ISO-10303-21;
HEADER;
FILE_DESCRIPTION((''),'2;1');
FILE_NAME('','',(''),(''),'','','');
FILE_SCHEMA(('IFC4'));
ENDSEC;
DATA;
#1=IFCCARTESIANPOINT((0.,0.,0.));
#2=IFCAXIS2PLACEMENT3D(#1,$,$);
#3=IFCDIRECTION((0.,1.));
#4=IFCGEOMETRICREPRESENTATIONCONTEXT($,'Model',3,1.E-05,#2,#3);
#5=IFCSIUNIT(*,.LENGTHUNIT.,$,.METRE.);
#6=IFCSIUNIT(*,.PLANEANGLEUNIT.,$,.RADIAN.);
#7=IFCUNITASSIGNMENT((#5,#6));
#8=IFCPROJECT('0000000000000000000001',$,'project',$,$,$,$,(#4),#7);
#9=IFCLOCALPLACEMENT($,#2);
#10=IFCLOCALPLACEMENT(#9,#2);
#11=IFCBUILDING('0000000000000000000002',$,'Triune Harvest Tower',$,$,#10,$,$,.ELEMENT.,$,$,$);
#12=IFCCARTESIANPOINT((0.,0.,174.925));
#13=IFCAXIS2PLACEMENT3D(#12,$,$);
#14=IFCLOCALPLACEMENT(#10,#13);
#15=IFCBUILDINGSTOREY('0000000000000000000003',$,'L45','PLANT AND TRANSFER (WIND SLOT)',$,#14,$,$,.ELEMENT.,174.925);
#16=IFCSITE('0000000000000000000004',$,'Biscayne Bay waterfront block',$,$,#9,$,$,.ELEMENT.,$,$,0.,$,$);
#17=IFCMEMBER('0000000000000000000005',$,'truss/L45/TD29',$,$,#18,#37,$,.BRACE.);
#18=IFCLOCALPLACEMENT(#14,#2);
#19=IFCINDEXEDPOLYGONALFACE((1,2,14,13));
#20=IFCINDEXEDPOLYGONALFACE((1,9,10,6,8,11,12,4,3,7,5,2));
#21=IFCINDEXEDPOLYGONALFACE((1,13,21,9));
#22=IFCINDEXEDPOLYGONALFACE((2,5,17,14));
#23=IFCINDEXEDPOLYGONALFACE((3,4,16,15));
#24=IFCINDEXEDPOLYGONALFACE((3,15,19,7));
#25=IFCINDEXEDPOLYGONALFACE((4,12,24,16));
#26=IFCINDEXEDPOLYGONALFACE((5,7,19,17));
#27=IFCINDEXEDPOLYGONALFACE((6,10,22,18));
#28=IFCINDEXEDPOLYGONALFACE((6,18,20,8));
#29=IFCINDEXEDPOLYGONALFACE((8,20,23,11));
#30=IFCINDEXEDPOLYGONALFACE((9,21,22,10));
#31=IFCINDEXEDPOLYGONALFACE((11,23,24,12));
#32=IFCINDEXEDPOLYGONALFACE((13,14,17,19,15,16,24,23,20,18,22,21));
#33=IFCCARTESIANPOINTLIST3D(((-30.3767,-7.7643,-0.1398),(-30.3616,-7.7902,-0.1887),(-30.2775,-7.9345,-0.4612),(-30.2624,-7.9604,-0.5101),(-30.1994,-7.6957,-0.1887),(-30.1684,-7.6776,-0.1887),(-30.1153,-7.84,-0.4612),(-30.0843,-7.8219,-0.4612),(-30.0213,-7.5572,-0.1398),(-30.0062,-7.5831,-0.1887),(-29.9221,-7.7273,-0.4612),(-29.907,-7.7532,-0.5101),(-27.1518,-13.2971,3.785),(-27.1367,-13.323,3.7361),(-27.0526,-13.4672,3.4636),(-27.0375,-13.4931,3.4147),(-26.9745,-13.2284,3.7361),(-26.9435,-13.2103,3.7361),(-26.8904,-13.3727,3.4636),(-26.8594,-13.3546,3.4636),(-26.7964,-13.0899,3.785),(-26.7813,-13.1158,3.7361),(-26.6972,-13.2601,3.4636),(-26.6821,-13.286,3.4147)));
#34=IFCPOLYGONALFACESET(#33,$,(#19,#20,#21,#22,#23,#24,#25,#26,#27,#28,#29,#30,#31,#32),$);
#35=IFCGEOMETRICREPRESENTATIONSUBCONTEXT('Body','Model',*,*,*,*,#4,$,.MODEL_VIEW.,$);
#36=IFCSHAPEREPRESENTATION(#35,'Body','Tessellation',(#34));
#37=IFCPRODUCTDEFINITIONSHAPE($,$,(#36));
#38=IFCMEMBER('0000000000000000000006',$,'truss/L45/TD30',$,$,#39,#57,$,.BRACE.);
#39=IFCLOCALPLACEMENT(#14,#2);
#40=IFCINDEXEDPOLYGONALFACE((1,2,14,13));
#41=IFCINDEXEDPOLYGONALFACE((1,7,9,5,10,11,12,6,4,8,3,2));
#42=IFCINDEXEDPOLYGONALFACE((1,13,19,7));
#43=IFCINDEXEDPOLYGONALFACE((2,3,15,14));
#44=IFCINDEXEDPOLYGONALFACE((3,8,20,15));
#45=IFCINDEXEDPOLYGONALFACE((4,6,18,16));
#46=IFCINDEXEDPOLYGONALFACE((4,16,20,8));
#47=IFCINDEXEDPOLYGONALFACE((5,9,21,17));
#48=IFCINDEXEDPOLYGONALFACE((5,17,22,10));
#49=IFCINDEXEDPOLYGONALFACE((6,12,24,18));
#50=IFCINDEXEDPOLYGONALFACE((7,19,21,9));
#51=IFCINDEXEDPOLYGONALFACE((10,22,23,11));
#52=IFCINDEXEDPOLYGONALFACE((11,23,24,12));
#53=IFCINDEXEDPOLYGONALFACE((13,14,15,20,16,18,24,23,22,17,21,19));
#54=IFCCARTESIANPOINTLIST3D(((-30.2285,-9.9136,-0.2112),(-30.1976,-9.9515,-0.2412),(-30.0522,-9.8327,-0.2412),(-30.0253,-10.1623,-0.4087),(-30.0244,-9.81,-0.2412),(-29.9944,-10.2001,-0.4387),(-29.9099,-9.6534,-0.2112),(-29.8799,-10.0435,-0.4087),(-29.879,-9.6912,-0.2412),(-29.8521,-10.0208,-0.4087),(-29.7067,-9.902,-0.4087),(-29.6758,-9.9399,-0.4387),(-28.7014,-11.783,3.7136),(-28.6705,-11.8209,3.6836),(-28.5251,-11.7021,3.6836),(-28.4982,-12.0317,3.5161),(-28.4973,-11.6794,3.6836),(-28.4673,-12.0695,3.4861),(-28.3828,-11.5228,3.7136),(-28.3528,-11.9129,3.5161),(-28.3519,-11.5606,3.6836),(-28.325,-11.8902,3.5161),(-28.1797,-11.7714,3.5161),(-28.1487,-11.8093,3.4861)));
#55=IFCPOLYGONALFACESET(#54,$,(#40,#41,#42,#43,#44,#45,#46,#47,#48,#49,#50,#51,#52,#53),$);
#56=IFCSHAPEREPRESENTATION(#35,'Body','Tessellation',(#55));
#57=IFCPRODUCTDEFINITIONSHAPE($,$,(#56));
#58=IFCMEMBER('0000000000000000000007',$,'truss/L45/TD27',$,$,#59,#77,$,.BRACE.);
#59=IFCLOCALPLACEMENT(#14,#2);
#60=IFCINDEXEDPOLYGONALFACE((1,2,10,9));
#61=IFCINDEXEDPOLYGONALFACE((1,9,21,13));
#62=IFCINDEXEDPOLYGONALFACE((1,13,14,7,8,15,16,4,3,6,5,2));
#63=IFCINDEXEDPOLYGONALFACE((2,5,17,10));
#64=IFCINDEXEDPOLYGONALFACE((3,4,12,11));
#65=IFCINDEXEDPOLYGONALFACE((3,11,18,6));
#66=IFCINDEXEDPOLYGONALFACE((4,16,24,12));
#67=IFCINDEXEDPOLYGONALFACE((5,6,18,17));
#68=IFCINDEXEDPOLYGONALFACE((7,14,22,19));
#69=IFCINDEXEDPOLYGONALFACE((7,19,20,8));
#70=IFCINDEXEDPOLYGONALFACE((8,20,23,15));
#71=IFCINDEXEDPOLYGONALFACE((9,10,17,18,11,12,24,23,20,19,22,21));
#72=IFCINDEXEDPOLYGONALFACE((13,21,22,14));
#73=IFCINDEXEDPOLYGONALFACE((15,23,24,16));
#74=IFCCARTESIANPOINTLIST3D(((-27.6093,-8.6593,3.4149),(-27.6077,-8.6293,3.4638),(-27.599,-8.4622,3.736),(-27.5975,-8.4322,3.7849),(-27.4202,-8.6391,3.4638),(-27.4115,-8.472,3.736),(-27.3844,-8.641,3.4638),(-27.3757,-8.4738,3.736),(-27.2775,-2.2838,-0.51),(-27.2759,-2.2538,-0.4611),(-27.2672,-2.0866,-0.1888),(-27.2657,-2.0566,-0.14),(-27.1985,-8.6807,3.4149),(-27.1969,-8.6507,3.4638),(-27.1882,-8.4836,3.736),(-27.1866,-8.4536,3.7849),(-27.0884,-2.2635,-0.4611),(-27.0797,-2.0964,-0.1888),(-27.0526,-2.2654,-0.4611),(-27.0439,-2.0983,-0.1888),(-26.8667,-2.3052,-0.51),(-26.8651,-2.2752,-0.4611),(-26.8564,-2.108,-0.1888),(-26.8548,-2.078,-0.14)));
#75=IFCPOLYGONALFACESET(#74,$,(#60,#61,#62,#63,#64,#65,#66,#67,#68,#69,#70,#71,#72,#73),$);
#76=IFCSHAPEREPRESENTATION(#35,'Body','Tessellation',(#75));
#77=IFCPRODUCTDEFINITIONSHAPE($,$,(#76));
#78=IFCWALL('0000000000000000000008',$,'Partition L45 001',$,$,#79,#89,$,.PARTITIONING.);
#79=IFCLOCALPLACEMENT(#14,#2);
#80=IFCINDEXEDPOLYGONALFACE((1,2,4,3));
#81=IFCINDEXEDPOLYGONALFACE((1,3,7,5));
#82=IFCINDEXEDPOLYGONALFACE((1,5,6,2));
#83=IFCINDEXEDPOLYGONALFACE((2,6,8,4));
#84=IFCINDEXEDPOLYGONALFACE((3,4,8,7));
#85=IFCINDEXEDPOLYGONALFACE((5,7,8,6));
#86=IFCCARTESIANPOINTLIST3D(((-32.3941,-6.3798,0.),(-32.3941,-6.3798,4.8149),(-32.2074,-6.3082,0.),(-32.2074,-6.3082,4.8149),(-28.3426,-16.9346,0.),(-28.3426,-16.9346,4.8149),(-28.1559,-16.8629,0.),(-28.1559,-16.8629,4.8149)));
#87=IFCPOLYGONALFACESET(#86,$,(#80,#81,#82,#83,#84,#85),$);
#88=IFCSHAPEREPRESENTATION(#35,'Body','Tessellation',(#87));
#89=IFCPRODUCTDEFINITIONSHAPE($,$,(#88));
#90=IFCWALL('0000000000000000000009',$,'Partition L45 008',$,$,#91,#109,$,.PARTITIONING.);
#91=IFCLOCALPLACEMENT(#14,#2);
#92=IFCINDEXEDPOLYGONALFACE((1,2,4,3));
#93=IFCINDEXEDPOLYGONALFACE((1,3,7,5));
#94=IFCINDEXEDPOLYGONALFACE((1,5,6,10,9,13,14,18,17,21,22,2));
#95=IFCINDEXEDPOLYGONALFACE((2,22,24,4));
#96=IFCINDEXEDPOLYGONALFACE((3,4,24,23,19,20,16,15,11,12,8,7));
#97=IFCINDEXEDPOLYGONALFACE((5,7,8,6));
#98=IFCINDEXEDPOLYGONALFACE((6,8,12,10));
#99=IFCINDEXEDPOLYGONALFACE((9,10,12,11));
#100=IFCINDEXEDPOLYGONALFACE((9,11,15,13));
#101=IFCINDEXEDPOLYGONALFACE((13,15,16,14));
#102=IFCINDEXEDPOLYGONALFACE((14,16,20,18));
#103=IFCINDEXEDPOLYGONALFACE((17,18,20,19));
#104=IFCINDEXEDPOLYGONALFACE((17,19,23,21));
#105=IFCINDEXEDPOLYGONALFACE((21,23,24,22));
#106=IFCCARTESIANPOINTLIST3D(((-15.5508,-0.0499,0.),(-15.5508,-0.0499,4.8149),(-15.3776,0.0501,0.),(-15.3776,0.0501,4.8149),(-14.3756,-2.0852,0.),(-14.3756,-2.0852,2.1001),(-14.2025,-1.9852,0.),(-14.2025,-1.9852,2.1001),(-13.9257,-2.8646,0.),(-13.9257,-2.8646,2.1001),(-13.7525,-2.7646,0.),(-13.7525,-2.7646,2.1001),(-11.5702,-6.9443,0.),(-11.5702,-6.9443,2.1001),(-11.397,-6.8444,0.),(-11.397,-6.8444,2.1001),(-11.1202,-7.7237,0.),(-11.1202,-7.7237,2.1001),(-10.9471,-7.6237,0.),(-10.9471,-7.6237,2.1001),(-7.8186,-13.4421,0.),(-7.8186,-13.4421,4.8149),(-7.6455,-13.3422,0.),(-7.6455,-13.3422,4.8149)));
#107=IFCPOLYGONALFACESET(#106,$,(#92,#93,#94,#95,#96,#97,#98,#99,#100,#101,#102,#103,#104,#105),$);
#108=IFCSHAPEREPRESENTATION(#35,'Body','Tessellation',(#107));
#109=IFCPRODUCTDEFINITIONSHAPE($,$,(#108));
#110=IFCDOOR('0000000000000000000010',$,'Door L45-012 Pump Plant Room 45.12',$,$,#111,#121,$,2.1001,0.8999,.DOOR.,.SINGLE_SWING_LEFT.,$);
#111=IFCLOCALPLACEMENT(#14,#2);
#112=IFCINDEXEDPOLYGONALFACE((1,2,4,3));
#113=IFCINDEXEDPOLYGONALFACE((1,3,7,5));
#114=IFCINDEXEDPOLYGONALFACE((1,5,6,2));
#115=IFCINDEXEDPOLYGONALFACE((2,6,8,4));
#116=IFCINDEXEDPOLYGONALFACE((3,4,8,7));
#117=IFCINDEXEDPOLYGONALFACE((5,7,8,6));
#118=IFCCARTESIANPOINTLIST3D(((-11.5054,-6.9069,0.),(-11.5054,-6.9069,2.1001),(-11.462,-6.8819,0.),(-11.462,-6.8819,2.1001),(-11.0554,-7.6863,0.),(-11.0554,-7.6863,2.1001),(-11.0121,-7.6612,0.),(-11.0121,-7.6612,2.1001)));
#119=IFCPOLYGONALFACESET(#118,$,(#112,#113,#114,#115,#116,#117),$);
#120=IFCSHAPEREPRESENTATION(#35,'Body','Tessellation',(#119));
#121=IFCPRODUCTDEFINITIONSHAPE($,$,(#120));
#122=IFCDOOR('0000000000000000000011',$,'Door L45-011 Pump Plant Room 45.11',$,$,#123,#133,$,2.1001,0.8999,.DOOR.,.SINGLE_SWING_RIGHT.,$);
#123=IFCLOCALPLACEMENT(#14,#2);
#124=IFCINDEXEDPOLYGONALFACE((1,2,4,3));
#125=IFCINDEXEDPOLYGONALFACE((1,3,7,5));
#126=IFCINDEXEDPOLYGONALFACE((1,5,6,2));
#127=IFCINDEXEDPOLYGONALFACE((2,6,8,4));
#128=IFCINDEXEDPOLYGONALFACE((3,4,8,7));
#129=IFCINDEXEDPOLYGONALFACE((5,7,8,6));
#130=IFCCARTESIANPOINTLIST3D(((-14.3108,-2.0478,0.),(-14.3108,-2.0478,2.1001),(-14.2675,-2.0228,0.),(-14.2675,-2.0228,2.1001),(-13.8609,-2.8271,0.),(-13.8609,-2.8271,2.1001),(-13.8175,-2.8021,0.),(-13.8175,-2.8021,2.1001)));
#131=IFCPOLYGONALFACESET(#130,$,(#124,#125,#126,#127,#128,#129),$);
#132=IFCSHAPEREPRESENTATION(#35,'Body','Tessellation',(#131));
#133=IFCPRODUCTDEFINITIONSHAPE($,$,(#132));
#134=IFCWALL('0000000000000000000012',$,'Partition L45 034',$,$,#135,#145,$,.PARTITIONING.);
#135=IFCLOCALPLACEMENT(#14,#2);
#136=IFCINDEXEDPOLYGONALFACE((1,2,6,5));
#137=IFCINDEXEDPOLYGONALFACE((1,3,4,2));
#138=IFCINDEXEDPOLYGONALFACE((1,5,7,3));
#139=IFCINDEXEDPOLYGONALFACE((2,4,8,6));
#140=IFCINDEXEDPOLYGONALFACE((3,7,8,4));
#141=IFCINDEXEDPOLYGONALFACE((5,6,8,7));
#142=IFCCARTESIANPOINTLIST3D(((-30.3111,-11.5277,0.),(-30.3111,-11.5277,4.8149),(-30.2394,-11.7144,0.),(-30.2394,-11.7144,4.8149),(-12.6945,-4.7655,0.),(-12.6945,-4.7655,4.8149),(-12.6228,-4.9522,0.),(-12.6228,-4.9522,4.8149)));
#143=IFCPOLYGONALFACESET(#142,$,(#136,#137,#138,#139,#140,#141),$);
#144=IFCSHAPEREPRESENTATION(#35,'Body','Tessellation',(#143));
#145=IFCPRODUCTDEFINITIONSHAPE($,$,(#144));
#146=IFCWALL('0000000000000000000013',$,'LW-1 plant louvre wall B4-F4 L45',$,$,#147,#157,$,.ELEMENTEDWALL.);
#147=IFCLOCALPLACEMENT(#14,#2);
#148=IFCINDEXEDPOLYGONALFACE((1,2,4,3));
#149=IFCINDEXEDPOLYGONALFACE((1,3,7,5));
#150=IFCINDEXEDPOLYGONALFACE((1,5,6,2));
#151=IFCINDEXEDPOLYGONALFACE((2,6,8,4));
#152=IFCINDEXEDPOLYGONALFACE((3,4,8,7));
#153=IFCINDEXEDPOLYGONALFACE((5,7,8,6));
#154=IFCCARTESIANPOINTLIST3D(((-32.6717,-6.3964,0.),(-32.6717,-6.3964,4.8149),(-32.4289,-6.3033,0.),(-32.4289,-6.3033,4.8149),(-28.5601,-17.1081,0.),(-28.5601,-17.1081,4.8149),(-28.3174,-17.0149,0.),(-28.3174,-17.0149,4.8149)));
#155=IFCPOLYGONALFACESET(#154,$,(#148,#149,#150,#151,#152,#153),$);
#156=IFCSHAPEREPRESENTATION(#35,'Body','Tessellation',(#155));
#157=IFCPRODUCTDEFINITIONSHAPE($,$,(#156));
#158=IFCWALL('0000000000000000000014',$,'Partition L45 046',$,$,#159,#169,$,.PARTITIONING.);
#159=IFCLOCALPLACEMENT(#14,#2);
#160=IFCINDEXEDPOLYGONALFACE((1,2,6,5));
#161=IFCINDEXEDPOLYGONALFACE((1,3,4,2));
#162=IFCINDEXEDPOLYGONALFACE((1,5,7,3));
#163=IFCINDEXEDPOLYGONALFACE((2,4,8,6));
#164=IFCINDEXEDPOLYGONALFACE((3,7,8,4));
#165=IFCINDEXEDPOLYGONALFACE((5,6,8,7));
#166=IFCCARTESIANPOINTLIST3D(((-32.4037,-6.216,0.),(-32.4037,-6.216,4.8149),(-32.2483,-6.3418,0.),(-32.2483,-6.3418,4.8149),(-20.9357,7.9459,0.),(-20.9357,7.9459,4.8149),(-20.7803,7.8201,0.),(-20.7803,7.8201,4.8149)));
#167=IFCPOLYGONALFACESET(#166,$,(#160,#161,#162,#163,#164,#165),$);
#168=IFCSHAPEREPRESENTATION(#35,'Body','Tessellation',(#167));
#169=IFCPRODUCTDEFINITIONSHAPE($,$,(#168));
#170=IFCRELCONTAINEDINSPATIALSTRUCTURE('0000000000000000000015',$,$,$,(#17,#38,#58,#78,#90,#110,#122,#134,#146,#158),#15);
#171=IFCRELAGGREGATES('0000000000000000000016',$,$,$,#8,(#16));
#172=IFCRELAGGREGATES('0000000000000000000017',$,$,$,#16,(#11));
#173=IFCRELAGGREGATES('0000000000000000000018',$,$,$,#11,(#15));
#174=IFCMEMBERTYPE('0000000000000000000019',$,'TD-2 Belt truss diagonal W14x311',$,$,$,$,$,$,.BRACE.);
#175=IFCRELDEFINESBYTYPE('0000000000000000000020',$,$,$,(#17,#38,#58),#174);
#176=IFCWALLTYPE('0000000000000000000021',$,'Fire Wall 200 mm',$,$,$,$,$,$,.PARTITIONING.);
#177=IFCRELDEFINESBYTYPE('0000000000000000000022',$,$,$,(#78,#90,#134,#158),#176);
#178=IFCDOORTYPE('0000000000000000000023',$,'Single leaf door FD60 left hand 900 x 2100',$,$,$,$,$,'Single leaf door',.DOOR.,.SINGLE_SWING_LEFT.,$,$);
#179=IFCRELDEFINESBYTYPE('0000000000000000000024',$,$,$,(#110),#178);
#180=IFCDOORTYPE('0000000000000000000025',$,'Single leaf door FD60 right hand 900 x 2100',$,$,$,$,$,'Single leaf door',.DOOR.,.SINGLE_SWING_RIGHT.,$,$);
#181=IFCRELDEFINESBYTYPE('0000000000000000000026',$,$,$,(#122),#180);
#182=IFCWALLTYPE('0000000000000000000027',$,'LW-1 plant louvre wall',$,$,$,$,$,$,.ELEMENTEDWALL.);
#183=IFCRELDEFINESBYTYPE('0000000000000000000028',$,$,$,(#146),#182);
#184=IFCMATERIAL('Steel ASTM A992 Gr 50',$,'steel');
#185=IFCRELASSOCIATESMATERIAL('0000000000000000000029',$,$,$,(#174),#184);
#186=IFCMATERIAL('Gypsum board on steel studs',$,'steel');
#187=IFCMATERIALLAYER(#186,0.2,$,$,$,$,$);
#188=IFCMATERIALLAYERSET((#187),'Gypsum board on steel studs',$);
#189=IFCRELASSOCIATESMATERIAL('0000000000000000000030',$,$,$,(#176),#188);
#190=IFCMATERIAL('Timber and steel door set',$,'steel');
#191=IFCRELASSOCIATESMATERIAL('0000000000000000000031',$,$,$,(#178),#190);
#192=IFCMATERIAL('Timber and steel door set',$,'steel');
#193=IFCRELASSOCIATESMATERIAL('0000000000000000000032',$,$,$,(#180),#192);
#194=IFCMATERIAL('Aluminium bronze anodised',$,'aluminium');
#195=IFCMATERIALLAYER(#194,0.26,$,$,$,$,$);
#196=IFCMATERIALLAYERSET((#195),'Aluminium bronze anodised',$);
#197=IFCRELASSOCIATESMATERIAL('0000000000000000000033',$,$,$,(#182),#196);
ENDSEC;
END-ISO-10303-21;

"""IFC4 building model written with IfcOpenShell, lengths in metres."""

from ifc_helpers import new_model, si_unit, direction, frame, frame_2d, origin, origin_2d, place, context, subcontext, project, spatial, rectangle, i_section, extrude, source, transform, mapped, material, layer, layer_set, material_profile, profile_set, type_object, element, fill, save


model = new_model("IFC4")

# Units and contexts
model_context = context("Model", 3, precision=1e-05, world=origin(), true_north=direction((0.0, 1.0)))
body_context = subcontext(model_context, "Body", "Model", "MODEL_VIEW")
ifc_project = project(units=[si_unit("LENGTHUNIT", "METRE"), si_unit("PLANEANGLEUNIT", "RADIAN")], contexts=[model_context])

# Site, building, storey
site_placement = place(None, origin())
site = spatial("IfcSite", under=ifc_project, at=site_placement, Name="Biscayne Bay waterfront block", CompositionType="ELEMENT", RefElevation=0.0)
building_placement = place(site_placement, origin())
building = spatial("IfcBuilding", under=site, at=building_placement, Name="Triune Harvest Tower", CompositionType="ELEMENT")
storey_placement = place(building_placement, frame((0.0, 0.0, 174.925)))
storey = spatial("IfcBuildingStorey", under=building, at=storey_placement, Name="L45", Description="PLANT AND TRANSFER (WIND SLOT)", CompositionType="ELEMENT", Elevation=174.925)

# Shared definitions
ifc_material_1 = material(Name="Steel ASTM A992 Gr 50", Category="steel")
ifc_material_profile_1 = material_profile(ifc_material_1, i_section(OverallWidth=0.4114, OverallDepth=0.4343, WebThickness=0.0359, FlangeThickness=0.0574, at=origin_2d()), Name="W14x311")
ifc_profile_set_1 = profile_set([ifc_material_profile_1], Name="Steel ASTM A992 Gr 50")
member_type_1 = type_object("IfcMemberType", Name="TD-2 Belt truss diagonal W14x311", PredefinedType="BRACE", material=ifc_profile_set_1)

# Members
shared_shape_1 = source(origin(), body_context, "Body", "SweptSolid", [
    extrude(i_section(OverallWidth=0.4114, OverallDepth=0.4343, WebThickness=0.0359, FlangeThickness=0.0574, at=origin_2d()), origin(), (0.0, 0.0, 1.0), 7.511),
])
member_1_placement = place(storey_placement, frame((-30.1418, -7.7588, -0.325), z_axis=(0.429352, -0.736618, 0.522543), x_axis=(0.863953, 0.503572, 0.0)))
element("IfcMember", 1, at=member_1_placement, inside=storey, type_object=member_type_1, Name="truss/L45/TD29", PredefinedType="BRACE", context=body_context, shape_type="MappedRepresentation", body=[
    mapped(shared_shape_1, transform((0.0, 0.0, 0.0), scale=1.0)),
])
shared_shape_2 = source(origin(), body_context, "Body", "SweptSolid", [
    extrude(i_section(OverallWidth=0.4114, OverallDepth=0.4343, WebThickness=0.0359, FlangeThickness=0.0574, at=origin_2d()), origin(), (0.0, 0.0, 1.0), 4.6077),
])
member_2_placement = place(storey_placement, frame((-29.9521, -9.9268, -0.325), z_axis=(0.331425, -0.405711, 0.851796), x_axis=(0.774444, 0.632643, 0.0)))
element("IfcMember", 2, at=member_2_placement, inside=storey, type_object=member_type_1, Name="truss/L45/TD30", PredefinedType="BRACE", context=body_context, shape_type="MappedRepresentation", body=[
    mapped(shared_shape_2, transform((0.0, 0.0, 0.0), scale=1.0)),
])
shared_shape_3 = source(origin(), body_context, "Body", "SweptSolid", [
    extrude(i_section(OverallWidth=0.4114, OverallDepth=0.4343, WebThickness=0.0359, FlangeThickness=0.0574, at=origin_2d()), origin(), (0.0, 0.0, 1.0), 7.4941),
])
member_3_placement = place(storey_placement, frame((-27.0662, -2.1809, -0.325), z_axis=(-0.044273, -0.850738, 0.523722), x_axis=(0.998649, -0.051971, 0.0)))
element("IfcMember", 3, at=member_3_placement, inside=storey, type_object=member_type_1, Name="truss/L45/TD27", PredefinedType="BRACE", context=body_context, shape_type="MappedRepresentation", body=[
    mapped(shared_shape_3, transform((0.0, 0.0, 0.0), scale=1.0)),
])

# Wall
ifc_material_2 = material(Name="Gypsum board on steel studs", Category="steel")
ifc_layer_1 = layer(ifc_material_2, 0.2)
ifc_layer_set_1 = layer_set([ifc_layer_1], Name="Gypsum board on steel studs")
wall_type_1 = type_object("IfcWallType", Name="Fire Wall 200 mm", PredefinedType="PARTITIONING", material=ifc_layer_set_1)
wall_1_placement = place(storey_placement, frame((-32.3008, -6.344, 0.0), z_axis=(0.0, 0.0, 1.0), x_axis=(0.358364, -0.933582, 0.0)))
element("IfcWall", 4, at=wall_1_placement, inside=storey, type_object=wall_type_1, Name="Partition L45 001", PredefinedType="PARTITIONING", context=body_context, shape_type="SweptSolid", body=[
    extrude(rectangle(XDim=11.3057, YDim=0.2, at=frame_2d((5.6528, 0.0))), origin(), (0.0, 0.0, 1.0), 4.8149),
])

# Wall, openings, doors
wall_2_placement = place(storey_placement, frame((-15.4641, 0.0, 0.0), z_axis=(0.0, 0.0, 1.0), x_axis=(0.500005, -0.866022, 0.0)))
wall_2 = element("IfcWall", 5, at=wall_2_placement, inside=storey, type_object=wall_type_1, Name="Partition L45 008", PredefinedType="PARTITIONING", context=body_context, shape_type="SweptSolid", body=[
    extrude(rectangle(XDim=15.4641, YDim=0.2, at=frame_2d((7.7319, 0.0))), origin(), (0.0, 0.0, 1.0), 4.8149),
])
opening_1_placement = place(wall_2_placement, frame((2.3501, 0.0, 0.0)))
opening_1 = element("IfcOpeningElement", 6, at=opening_1_placement, cuts=wall_2, PredefinedType="OPENING", context=body_context, shape_type="SweptSolid", body=[
    extrude(rectangle(XDim=0.8999, YDim=2.1001, at=frame_2d((0.45, 1.05))), frame((0.0, 0.1099, 0.0), z_axis=(0.0, -1.0, 0.0), x_axis=(1.0, 0.0, 0.0)), (0.0, 0.0, 1.0), 0.22),
])
opening_2_placement = place(wall_2_placement, frame((7.9609, 0.0, 0.0)))
opening_2 = element("IfcOpeningElement", 7, at=opening_2_placement, cuts=wall_2, PredefinedType="OPENING", context=body_context, shape_type="SweptSolid", body=[
    extrude(rectangle(XDim=0.8999, YDim=2.1001, at=frame_2d((0.45, 1.05))), frame((0.0, 0.1099, 0.0), z_axis=(0.0, -1.0, 0.0), x_axis=(1.0, 0.0, 0.0)), (0.0, 0.0, 1.0), 0.22),
])
ifc_material_3 = material(Name="Timber and steel door set", Category="steel")
door_type_1 = type_object("IfcDoorType", Name="Single leaf door FD60 left hand 900 x 2100", ElementType="Single leaf door", OperationType="SINGLE_SWING_LEFT", PredefinedType="DOOR", material=ifc_material_3)
door_1_placement = place(opening_2_placement, origin())
door_1 = element("IfcDoor", 8, at=door_1_placement, inside=storey, type_object=door_type_1, Name="Door L45-012 Pump Plant Room 45.12", OperationType="SINGLE_SWING_LEFT", OverallHeight=2.1001, OverallWidth=0.8999, PredefinedType="DOOR", context=body_context, shape_type="SweptSolid", body=[
    extrude(rectangle(XDim=0.8999, YDim=2.1001, at=frame_2d((0.45, 1.05))), frame((0.0, 0.0249, 0.0), z_axis=(0.0, -1.0, 0.0), x_axis=(1.0, 0.0, 0.0)), (0.0, 0.0, 1.0), 0.05),
])
fill(opening_2, door_1)
ifc_material_4 = material(Name="Timber and steel door set", Category="steel")
door_type_2 = type_object("IfcDoorType", Name="Single leaf door FD60 right hand 900 x 2100", ElementType="Single leaf door", OperationType="SINGLE_SWING_RIGHT", PredefinedType="DOOR", material=ifc_material_4)
door_2_placement = place(opening_1_placement, origin())
door_2 = element("IfcDoor", 9, at=door_2_placement, inside=storey, type_object=door_type_2, Name="Door L45-011 Pump Plant Room 45.11", OperationType="SINGLE_SWING_RIGHT", OverallHeight=2.1001, OverallWidth=0.8999, PredefinedType="DOOR", context=body_context, shape_type="SweptSolid", body=[
    extrude(rectangle(XDim=0.8999, YDim=2.1001, at=frame_2d((0.45, 1.05))), frame((0.0, 0.0249, 0.0), z_axis=(0.0, -1.0, 0.0), x_axis=(1.0, 0.0, 0.0)), (0.0, 0.0, 1.0), 0.05),
])
fill(opening_1, door_2)

# Walls
wall_3_placement = place(storey_placement, frame((-30.2754, -11.6211, 0.0), z_axis=(0.0, 0.0, 1.0), x_axis=(0.933584, 0.358358, 0.0)))
element("IfcWall", 10, at=wall_3_placement, inside=storey, type_object=wall_type_1, Name="Partition L45 034", PredefinedType="PARTITIONING", context=body_context, shape_type="SweptSolid", body=[
    extrude(rectangle(XDim=18.8699, YDim=0.2, at=frame_2d((9.4351, 0.0))), origin(), (0.0, 0.0, 1.0), 4.8149),
])
ifc_material_5 = material(Name="Aluminium bronze anodised", Category="aluminium")
ifc_layer_2 = layer(ifc_material_5, 0.26)
ifc_layer_set_2 = layer_set([ifc_layer_2], Name="Aluminium bronze anodised")
wall_type_2 = type_object("IfcWallType", Name="LW-1 plant louvre wall", PredefinedType="ELEMENTEDWALL", material=ifc_layer_set_2)
shared_shape_4 = source(origin(), body_context, "Body", "SweptSolid", [
    extrude(rectangle(XDim=11.4736, YDim=0.26, at=frame_2d((5.7368, 0.0))), origin(), (0.0, 0.0, 1.0), 4.8149),
])
wall_4_placement = place(storey_placement, frame((-32.5503, -6.3499, 0.0), z_axis=(0.0, 0.0, 1.0), x_axis=(0.358349, -0.933588, 0.0)))
element("IfcWall", 11, at=wall_4_placement, inside=storey, type_object=wall_type_2, Name="LW-1 plant louvre wall B4-F4 L45", PredefinedType="ELEMENTEDWALL", context=body_context, shape_type="MappedRepresentation", body=[
    mapped(shared_shape_4, transform((0.0, 0.0, 0.0), scale=1.0)),
])
shared_shape_5 = source(origin(), body_context, "Body", "SweptSolid", [
    extrude(rectangle(XDim=18.2229, YDim=0.2, at=frame_2d((9.1113, 0.0))), origin(), (0.0, 0.0, 1.0), 4.8149),
])
wall_5_placement = place(storey_placement, frame((-32.3259, -6.2788, 0.0), z_axis=(0.0, 0.0, 1.0), x_axis=(0.629319, 0.777147, 0.0)))
element("IfcWall", 12, at=wall_5_placement, inside=storey, type_object=wall_type_1, Name="Partition L45 046", PredefinedType="PARTITIONING", context=body_context, shape_type="MappedRepresentation", body=[
    mapped(shared_shape_5, transform((0.0, 0.0, 0.0), scale=1.0)),
])

save(model, "model.ifc")
